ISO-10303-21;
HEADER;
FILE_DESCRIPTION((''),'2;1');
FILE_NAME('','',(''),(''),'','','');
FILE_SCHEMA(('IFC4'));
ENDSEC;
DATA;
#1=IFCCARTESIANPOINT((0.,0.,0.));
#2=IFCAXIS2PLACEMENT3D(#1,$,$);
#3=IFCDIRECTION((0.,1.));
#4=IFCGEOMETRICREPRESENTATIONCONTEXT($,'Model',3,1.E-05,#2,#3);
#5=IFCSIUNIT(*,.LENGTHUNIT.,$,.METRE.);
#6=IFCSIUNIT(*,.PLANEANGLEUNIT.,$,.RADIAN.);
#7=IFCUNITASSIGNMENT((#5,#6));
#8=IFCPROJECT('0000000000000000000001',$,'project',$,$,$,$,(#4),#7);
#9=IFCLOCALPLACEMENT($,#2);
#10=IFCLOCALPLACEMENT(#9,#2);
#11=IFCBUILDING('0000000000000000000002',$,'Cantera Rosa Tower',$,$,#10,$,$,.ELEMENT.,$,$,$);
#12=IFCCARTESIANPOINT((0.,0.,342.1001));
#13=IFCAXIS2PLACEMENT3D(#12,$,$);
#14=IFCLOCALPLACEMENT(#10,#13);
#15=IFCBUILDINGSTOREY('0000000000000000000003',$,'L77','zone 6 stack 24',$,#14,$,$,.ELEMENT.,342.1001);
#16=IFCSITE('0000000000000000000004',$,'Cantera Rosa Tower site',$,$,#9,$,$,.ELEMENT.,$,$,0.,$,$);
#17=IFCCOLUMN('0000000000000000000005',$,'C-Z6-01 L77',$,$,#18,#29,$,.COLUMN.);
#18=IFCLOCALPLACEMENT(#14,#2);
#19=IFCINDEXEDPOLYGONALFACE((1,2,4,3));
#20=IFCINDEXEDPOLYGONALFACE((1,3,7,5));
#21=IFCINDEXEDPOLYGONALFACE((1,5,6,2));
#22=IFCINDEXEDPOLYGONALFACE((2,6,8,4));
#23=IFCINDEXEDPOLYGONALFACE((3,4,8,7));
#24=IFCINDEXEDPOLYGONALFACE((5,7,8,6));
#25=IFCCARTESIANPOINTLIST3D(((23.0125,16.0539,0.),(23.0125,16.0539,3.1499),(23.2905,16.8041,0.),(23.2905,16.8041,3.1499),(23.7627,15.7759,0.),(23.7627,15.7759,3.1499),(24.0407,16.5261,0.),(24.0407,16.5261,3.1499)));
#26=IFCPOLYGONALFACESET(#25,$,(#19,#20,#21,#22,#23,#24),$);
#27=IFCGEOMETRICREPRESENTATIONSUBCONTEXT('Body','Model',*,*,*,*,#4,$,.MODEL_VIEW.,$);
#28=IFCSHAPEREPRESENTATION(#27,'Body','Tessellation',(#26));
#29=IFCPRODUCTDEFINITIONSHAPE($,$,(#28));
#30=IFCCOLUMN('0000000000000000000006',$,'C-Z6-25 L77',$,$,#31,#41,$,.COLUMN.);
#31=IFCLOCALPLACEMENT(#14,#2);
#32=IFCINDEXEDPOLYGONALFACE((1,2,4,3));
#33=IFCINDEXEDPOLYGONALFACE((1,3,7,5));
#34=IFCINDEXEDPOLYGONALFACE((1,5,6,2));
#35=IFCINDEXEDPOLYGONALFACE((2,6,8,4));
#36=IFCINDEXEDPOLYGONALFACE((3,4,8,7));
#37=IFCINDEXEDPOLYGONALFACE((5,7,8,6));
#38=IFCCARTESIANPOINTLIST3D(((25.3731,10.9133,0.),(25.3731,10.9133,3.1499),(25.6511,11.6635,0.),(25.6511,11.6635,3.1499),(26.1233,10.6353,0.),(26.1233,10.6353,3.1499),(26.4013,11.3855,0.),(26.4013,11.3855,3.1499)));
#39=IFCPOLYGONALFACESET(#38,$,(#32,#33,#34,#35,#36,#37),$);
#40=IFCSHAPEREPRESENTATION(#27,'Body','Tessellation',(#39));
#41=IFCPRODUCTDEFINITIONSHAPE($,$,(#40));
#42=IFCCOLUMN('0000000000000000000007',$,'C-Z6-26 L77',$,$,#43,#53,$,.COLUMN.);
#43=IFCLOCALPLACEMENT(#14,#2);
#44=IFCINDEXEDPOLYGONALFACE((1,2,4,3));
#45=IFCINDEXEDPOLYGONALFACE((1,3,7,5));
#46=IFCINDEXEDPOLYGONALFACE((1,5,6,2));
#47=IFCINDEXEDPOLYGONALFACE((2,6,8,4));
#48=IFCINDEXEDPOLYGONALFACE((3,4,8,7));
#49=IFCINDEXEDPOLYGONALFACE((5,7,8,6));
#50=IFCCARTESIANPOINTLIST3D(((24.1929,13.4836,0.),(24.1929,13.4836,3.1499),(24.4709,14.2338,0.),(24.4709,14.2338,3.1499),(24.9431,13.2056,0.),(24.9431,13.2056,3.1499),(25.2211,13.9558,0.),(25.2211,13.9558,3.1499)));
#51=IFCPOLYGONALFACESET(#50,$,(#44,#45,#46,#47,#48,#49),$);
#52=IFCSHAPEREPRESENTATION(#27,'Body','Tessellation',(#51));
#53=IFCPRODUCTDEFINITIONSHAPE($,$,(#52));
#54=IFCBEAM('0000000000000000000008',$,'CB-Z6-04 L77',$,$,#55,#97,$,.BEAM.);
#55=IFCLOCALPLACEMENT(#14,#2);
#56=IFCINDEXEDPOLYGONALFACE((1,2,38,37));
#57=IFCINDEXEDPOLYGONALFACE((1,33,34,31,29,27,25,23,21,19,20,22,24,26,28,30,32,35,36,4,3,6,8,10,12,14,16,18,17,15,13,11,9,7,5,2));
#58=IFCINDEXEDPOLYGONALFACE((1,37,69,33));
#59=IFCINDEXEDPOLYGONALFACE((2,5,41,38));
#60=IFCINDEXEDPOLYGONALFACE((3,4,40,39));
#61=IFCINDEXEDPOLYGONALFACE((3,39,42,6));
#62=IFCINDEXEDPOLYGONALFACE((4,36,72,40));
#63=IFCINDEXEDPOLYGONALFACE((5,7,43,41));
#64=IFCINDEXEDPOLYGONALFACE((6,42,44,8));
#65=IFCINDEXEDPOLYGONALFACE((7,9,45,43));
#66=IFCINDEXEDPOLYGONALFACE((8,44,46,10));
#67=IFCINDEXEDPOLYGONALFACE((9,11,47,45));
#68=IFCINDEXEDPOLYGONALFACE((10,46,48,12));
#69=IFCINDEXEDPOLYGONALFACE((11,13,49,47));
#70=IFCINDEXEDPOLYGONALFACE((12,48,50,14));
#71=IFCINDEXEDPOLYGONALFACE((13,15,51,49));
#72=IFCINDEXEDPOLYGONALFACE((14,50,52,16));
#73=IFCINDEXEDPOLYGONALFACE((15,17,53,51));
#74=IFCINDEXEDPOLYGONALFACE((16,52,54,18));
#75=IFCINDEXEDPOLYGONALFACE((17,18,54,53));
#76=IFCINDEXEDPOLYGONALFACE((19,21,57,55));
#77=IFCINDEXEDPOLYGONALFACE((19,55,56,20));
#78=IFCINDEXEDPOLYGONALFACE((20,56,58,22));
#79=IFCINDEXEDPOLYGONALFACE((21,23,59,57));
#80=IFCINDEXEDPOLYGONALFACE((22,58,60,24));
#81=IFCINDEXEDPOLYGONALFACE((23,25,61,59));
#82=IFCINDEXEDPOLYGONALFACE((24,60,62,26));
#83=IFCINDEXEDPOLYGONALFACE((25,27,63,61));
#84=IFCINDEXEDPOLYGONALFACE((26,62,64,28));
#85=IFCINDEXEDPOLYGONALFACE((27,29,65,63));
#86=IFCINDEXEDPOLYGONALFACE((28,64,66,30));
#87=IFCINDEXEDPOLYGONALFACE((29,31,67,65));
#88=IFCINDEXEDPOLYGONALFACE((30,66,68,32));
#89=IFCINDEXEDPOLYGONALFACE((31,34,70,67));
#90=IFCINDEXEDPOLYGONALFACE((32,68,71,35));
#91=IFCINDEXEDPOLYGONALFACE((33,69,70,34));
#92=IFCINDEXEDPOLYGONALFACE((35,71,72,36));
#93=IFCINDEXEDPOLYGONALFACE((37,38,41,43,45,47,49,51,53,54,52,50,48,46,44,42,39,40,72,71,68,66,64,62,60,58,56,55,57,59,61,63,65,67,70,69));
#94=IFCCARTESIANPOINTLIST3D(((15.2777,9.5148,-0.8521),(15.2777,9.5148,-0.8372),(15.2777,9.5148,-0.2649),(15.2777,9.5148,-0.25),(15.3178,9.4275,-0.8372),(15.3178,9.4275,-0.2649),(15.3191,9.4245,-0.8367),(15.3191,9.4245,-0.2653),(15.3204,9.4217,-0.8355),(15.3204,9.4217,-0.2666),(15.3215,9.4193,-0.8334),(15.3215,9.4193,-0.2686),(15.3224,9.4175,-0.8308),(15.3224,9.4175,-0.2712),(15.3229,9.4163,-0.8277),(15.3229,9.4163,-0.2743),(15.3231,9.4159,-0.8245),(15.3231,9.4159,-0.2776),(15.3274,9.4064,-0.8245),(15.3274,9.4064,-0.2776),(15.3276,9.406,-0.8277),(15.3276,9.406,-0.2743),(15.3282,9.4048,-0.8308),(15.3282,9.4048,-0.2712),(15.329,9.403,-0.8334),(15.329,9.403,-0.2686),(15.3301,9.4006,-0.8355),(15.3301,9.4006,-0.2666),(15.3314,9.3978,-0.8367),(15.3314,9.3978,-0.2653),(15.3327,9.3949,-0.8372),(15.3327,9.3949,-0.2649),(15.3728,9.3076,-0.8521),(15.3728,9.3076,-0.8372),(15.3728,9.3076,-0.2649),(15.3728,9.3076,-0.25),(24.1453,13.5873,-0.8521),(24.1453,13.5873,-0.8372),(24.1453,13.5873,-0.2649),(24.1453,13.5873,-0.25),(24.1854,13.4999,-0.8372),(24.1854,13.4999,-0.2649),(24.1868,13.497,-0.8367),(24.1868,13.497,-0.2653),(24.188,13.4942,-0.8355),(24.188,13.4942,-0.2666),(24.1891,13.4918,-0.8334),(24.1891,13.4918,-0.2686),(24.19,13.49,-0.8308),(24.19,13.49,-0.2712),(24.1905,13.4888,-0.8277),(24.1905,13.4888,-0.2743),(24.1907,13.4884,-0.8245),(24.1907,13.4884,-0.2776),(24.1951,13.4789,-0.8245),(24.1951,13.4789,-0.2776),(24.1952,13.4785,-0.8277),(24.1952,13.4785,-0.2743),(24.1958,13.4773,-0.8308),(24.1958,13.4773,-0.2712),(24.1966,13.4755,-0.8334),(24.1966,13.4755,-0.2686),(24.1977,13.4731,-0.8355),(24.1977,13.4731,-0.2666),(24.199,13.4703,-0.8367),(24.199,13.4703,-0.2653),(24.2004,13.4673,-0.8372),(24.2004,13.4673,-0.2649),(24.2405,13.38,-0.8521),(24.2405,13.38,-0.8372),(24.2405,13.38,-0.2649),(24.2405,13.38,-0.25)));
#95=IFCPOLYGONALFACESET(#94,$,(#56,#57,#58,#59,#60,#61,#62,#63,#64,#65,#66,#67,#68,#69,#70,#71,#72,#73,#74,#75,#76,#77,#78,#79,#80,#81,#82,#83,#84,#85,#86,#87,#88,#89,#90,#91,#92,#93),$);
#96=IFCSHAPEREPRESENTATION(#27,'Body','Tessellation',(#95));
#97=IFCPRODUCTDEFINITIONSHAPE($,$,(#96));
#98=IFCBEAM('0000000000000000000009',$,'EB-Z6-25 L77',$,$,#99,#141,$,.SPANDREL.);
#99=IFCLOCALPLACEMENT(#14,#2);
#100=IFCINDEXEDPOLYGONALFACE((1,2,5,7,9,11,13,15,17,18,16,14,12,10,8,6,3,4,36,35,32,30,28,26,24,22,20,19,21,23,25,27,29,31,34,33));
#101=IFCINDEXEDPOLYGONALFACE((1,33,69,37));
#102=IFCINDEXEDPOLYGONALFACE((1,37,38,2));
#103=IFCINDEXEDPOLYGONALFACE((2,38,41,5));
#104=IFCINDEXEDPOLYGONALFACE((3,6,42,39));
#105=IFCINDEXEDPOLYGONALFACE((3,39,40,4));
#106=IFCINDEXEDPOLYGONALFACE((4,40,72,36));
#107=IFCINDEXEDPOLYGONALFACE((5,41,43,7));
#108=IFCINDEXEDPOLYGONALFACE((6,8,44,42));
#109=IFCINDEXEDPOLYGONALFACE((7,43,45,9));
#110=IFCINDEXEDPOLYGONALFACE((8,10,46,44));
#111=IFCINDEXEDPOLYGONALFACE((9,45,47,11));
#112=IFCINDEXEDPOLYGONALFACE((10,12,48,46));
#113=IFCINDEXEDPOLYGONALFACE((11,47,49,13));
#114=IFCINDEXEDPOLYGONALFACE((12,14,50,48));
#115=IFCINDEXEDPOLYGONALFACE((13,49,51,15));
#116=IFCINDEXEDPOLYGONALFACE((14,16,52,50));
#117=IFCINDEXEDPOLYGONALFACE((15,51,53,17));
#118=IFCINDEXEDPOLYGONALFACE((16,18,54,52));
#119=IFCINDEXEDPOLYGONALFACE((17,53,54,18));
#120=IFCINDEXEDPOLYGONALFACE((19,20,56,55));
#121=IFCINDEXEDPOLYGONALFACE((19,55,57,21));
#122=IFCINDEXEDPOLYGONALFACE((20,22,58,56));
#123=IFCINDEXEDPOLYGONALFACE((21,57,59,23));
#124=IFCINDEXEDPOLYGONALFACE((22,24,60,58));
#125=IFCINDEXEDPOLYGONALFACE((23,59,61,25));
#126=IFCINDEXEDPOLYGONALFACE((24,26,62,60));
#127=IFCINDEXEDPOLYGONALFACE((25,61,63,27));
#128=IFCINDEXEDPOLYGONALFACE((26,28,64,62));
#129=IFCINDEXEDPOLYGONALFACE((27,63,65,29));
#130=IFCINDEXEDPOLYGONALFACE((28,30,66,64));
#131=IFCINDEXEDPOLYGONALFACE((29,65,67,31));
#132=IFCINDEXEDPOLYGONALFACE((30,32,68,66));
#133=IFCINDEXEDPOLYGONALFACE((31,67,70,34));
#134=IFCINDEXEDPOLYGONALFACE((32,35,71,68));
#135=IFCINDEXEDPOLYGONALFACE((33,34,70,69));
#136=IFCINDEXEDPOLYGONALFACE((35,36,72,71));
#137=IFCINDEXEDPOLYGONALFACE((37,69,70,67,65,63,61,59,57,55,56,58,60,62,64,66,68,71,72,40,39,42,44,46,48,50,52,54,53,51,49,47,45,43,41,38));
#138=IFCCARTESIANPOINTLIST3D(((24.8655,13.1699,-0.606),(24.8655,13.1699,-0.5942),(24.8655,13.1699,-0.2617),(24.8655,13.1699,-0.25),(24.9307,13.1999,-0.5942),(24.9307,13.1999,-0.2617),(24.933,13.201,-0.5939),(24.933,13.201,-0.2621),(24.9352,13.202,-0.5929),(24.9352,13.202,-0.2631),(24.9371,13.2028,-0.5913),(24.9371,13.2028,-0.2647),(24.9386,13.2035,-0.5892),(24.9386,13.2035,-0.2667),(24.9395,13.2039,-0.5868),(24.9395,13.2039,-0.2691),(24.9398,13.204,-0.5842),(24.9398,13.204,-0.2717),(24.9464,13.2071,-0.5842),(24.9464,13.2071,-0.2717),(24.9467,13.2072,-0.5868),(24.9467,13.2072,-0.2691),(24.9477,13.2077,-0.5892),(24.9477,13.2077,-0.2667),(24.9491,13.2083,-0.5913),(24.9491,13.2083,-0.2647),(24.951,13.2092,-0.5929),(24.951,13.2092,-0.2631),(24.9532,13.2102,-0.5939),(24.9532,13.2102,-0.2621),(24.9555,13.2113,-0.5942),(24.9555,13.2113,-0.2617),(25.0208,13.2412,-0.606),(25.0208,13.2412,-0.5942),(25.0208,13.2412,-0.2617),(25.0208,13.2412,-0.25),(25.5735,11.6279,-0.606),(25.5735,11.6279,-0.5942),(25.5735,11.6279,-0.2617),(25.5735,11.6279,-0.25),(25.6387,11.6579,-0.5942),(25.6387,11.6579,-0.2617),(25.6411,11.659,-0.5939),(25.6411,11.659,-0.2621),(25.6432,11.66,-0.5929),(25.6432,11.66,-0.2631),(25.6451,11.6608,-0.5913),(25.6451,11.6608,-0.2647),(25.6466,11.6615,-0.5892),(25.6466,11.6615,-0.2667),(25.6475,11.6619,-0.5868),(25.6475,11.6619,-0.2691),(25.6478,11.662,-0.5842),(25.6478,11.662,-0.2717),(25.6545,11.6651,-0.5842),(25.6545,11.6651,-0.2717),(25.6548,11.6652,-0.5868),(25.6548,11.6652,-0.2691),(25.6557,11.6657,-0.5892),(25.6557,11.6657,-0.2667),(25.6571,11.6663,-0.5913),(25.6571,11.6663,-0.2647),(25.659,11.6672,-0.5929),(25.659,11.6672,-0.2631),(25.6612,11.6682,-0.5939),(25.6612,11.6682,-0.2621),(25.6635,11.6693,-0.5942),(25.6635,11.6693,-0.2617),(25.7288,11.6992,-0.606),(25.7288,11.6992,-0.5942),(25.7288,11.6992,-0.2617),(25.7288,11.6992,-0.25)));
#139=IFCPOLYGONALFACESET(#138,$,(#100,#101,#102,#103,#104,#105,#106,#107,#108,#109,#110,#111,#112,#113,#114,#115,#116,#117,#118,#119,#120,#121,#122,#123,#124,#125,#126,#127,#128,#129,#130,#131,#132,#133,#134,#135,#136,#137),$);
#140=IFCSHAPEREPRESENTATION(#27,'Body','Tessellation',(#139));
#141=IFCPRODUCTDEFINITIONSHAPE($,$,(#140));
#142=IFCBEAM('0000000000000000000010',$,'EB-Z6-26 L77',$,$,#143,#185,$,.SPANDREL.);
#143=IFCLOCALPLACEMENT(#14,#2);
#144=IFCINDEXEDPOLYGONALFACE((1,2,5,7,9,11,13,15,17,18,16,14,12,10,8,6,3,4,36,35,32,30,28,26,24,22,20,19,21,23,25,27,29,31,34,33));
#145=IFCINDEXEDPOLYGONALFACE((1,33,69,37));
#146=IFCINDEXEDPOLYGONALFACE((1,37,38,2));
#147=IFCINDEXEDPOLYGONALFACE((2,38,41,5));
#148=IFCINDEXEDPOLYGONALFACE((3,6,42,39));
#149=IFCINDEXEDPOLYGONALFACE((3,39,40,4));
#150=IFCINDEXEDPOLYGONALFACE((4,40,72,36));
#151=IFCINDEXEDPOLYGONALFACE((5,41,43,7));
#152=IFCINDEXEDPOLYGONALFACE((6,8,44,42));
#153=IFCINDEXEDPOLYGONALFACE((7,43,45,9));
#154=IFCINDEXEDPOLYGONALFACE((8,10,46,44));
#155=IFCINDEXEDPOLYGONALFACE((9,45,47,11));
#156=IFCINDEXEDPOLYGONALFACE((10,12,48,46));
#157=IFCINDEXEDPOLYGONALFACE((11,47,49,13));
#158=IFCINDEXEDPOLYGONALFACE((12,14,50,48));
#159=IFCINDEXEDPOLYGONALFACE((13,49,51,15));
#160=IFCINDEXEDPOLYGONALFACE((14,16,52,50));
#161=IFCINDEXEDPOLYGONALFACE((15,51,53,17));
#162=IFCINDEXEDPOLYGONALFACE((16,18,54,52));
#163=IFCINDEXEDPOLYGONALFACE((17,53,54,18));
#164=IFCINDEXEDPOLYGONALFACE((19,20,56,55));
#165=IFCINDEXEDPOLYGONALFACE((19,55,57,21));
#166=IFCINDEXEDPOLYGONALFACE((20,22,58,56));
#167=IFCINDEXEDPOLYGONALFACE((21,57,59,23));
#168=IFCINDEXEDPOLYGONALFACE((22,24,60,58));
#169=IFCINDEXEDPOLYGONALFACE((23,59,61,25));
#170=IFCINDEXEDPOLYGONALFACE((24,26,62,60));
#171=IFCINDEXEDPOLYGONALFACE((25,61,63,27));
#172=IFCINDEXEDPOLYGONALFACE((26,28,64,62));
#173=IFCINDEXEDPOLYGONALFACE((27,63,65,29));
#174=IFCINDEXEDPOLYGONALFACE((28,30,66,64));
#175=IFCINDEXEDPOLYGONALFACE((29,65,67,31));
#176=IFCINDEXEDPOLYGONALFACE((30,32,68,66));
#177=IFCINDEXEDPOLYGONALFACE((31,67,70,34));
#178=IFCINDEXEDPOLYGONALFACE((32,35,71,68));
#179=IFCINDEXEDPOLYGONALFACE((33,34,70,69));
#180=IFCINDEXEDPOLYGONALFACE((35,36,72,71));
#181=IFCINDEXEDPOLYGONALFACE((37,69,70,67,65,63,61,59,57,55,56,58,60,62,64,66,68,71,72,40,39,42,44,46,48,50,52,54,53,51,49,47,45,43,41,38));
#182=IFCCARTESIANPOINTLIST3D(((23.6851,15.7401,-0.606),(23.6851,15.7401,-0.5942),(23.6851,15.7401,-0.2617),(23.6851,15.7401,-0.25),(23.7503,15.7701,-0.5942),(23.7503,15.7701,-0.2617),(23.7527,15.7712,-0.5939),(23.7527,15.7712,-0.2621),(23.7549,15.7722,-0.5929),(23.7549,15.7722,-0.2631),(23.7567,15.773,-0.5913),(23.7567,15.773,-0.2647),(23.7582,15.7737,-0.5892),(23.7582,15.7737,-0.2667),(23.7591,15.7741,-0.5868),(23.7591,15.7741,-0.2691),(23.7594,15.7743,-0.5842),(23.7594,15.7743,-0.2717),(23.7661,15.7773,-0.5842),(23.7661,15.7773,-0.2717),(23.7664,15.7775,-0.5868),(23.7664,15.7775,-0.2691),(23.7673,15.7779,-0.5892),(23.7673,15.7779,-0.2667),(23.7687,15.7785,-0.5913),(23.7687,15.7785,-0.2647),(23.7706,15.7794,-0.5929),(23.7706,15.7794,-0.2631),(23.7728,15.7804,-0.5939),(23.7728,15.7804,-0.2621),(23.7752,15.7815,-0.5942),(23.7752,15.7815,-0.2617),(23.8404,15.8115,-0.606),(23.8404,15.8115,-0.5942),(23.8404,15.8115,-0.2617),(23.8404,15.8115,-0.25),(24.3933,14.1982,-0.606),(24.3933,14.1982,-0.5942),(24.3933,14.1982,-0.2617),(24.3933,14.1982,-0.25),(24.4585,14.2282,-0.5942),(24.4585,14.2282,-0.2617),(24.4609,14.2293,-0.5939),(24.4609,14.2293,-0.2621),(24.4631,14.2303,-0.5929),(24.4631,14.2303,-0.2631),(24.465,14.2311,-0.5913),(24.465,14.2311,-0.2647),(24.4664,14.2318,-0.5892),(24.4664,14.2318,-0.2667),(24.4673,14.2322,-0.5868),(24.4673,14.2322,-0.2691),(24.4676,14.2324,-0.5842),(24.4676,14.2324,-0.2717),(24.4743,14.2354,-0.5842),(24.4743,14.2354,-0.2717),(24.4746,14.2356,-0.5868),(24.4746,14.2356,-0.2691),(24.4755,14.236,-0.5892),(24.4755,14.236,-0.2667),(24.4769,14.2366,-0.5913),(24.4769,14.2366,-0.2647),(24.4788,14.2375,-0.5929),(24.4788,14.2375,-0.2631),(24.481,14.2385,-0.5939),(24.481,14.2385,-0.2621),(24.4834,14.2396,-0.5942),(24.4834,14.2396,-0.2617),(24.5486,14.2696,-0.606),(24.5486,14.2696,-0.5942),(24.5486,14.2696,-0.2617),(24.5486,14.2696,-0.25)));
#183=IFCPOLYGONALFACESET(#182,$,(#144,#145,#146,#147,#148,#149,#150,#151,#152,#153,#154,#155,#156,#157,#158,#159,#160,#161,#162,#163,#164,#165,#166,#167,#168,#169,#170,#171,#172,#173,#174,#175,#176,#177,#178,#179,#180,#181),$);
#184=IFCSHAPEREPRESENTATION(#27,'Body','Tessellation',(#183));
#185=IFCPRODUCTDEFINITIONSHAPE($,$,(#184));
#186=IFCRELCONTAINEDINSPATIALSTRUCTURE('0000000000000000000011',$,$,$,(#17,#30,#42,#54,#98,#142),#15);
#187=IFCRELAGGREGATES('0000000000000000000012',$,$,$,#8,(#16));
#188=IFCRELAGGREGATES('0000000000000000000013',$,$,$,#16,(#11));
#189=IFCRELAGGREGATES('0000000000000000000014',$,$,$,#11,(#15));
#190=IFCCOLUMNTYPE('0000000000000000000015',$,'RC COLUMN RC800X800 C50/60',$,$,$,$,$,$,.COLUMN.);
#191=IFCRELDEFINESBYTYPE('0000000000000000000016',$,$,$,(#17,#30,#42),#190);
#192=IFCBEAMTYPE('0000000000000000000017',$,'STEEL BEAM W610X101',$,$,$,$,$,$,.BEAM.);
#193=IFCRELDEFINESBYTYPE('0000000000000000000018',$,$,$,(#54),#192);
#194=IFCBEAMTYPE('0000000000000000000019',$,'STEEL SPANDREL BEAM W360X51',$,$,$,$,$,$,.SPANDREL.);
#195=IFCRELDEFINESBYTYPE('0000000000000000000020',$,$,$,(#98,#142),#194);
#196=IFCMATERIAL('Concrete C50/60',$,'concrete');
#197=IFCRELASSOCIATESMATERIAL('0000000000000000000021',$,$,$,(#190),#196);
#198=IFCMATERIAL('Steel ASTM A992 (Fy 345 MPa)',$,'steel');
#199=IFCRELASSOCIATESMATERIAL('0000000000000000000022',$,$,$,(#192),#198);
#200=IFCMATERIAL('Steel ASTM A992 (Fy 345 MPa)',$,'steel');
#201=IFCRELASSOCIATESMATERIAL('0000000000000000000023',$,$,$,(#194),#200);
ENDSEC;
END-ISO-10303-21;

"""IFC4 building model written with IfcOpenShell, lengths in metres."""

from ifc_helpers import new_model, si_unit, direction, frame, origin, origin_2d, place, context, subcontext, project, spatial, rectangle, i_section, extrude, material, material_profile, profile_set, type_object, element, save


model = new_model("IFC4")

# Units and contexts
model_context = context("Model", 3, precision=1e-05, world=origin(), true_north=direction((0.0, 1.0)))
body_context = subcontext(model_context, "Body", "Model", "MODEL_VIEW")
ifc_project = project(units=[si_unit("LENGTHUNIT", "METRE"), si_unit("PLANEANGLEUNIT", "RADIAN")], contexts=[model_context])

# Site, building, storey
site_placement = place(None, origin())
site = spatial("IfcSite", under=ifc_project, at=site_placement, Name="Cantera Rosa Tower site", CompositionType="ELEMENT", RefElevation=0.0)
building_placement = place(site_placement, origin())
building = spatial("IfcBuilding", under=site, at=building_placement, Name="Cantera Rosa Tower", CompositionType="ELEMENT")
storey_placement = place(building_placement, frame((0.0, 0.0, 342.1001)))
storey = spatial("IfcBuildingStorey", under=building, at=storey_placement, Name="L77", Description="zone 6 stack 24", CompositionType="ELEMENT", Elevation=342.1001)

# Columns
ifc_material_1 = material(Name="Concrete C50/60", Category="concrete")
ifc_material_profile_1 = material_profile(ifc_material_1, rectangle(XDim=0.8, YDim=0.8, at=origin_2d()), Name="RC COLUMN RC800X800 C50/60")
ifc_profile_set_1 = profile_set([ifc_material_profile_1], Name="Concrete C50/60")
column_type = type_object("IfcColumnType", Name="RC COLUMN RC800X800 C50/60", PredefinedType="COLUMN", material=ifc_profile_set_1)
for number, where, z_axis, x_axis, name in (
    (1, (23.5266, 16.29, 0.0), (0.0, 0.0, 1.0), (0.347481, 0.937687, 0.0), "C-Z6-01 L77"),
    (2, (25.8872, 11.1494, 0.0), (0.0, 0.0, 1.0), (0.347481, 0.937687, 0.0), "C-Z6-25 L77"),
    (3, (24.707, 13.7197, 0.0), (0.0, 0.0, 1.0), (0.347481, 0.937687, 0.0), "C-Z6-26 L77"),
):
    element("IfcColumn", number, at=place(storey_placement, frame(where, z_axis=z_axis, x_axis=x_axis)), inside=storey, type_object=column_type, Name=name, PredefinedType="COLUMN", context=body_context, shape_type="SweptSolid", body=[
        extrude(rectangle(XDim=0.8, YDim=0.8, at=origin_2d()), origin(), (0.0, 0.0, 1.0), 3.1499),
    ])

# Beams
ifc_material_2 = material(Name="Steel ASTM A992 (Fy 345 MPa)", Category="steel")
ifc_material_profile_2 = material_profile(ifc_material_2, i_section(OverallWidth=0.228, OverallDepth=0.6021, WebThickness=0.0105, FlangeThickness=0.0149, FilletRadius=0.0127, at=origin_2d()), Name="W610X101")
ifc_profile_set_2 = profile_set([ifc_material_profile_2], Name="Steel ASTM A992 (Fy 345 MPa)")
beam_type_1 = type_object("IfcBeamType", Name="STEEL BEAM W610X101", PredefinedType="BEAM", material=ifc_profile_set_2)
beam_1_placement = place(storey_placement, frame((24.1929, 13.4836, -0.551), z_axis=(-0.908748, -0.417346, 0.0), x_axis=(0.417346, -0.908748, 0.0)))
element("IfcBeam", 4, at=beam_1_placement, inside=storey, type_object=beam_type_1, Name="CB-Z6-04 L77", PredefinedType="BEAM", context=body_context, shape_type="SweptSolid", body=[
    extrude(i_section(OverallWidth=0.228, OverallDepth=0.6021, WebThickness=0.0105, FlangeThickness=0.0149, FilletRadius=0.0127, at=origin_2d()), origin(), (0.0, 0.0, 1.0), 9.7581),
])
ifc_material_3 = material(Name="Steel ASTM A992 (Fy 345 MPa)", Category="steel")
ifc_material_profile_3 = material_profile(ifc_material_3, i_section(OverallWidth=0.1709, OverallDepth=0.356, WebThickness=0.0073, FlangeThickness=0.0117, FilletRadius=0.01, at=origin_2d()), Name="W360X51")
ifc_profile_set_3 = profile_set([ifc_material_profile_3], Name="Steel ASTM A992 (Fy 345 MPa)")
beam_type_2 = type_object("IfcBeamType", Name="STEEL SPANDREL BEAM W360X51", PredefinedType="SPANDREL", material=ifc_profile_set_3)
for number, where, z_axis, x_axis, name in (
    (5, (25.6511, 11.6636, -0.428), (-0.417269, 0.908783, 0.0), (-0.908783, -0.417269, 0.0), "EB-Z6-25 L77"),
    (6, (24.4709, 14.2339, -0.428), (-0.417388, 0.908728, 0.0), (-0.908728, -0.417388, 0.0), "EB-Z6-26 L77"),
):
    element("IfcBeam", number, at=place(storey_placement, frame(where, z_axis=z_axis, x_axis=x_axis)), inside=storey, type_object=beam_type_2, Name=name, PredefinedType="SPANDREL", context=body_context, shape_type="SweptSolid", body=[
        extrude(i_section(OverallWidth=0.1709, OverallDepth=0.356, WebThickness=0.0073, FlangeThickness=0.0117, FilletRadius=0.01, at=origin_2d()), origin(), (0.0, 0.0, 1.0), 1.6968),
    ])

save(model, "model.ifc")
